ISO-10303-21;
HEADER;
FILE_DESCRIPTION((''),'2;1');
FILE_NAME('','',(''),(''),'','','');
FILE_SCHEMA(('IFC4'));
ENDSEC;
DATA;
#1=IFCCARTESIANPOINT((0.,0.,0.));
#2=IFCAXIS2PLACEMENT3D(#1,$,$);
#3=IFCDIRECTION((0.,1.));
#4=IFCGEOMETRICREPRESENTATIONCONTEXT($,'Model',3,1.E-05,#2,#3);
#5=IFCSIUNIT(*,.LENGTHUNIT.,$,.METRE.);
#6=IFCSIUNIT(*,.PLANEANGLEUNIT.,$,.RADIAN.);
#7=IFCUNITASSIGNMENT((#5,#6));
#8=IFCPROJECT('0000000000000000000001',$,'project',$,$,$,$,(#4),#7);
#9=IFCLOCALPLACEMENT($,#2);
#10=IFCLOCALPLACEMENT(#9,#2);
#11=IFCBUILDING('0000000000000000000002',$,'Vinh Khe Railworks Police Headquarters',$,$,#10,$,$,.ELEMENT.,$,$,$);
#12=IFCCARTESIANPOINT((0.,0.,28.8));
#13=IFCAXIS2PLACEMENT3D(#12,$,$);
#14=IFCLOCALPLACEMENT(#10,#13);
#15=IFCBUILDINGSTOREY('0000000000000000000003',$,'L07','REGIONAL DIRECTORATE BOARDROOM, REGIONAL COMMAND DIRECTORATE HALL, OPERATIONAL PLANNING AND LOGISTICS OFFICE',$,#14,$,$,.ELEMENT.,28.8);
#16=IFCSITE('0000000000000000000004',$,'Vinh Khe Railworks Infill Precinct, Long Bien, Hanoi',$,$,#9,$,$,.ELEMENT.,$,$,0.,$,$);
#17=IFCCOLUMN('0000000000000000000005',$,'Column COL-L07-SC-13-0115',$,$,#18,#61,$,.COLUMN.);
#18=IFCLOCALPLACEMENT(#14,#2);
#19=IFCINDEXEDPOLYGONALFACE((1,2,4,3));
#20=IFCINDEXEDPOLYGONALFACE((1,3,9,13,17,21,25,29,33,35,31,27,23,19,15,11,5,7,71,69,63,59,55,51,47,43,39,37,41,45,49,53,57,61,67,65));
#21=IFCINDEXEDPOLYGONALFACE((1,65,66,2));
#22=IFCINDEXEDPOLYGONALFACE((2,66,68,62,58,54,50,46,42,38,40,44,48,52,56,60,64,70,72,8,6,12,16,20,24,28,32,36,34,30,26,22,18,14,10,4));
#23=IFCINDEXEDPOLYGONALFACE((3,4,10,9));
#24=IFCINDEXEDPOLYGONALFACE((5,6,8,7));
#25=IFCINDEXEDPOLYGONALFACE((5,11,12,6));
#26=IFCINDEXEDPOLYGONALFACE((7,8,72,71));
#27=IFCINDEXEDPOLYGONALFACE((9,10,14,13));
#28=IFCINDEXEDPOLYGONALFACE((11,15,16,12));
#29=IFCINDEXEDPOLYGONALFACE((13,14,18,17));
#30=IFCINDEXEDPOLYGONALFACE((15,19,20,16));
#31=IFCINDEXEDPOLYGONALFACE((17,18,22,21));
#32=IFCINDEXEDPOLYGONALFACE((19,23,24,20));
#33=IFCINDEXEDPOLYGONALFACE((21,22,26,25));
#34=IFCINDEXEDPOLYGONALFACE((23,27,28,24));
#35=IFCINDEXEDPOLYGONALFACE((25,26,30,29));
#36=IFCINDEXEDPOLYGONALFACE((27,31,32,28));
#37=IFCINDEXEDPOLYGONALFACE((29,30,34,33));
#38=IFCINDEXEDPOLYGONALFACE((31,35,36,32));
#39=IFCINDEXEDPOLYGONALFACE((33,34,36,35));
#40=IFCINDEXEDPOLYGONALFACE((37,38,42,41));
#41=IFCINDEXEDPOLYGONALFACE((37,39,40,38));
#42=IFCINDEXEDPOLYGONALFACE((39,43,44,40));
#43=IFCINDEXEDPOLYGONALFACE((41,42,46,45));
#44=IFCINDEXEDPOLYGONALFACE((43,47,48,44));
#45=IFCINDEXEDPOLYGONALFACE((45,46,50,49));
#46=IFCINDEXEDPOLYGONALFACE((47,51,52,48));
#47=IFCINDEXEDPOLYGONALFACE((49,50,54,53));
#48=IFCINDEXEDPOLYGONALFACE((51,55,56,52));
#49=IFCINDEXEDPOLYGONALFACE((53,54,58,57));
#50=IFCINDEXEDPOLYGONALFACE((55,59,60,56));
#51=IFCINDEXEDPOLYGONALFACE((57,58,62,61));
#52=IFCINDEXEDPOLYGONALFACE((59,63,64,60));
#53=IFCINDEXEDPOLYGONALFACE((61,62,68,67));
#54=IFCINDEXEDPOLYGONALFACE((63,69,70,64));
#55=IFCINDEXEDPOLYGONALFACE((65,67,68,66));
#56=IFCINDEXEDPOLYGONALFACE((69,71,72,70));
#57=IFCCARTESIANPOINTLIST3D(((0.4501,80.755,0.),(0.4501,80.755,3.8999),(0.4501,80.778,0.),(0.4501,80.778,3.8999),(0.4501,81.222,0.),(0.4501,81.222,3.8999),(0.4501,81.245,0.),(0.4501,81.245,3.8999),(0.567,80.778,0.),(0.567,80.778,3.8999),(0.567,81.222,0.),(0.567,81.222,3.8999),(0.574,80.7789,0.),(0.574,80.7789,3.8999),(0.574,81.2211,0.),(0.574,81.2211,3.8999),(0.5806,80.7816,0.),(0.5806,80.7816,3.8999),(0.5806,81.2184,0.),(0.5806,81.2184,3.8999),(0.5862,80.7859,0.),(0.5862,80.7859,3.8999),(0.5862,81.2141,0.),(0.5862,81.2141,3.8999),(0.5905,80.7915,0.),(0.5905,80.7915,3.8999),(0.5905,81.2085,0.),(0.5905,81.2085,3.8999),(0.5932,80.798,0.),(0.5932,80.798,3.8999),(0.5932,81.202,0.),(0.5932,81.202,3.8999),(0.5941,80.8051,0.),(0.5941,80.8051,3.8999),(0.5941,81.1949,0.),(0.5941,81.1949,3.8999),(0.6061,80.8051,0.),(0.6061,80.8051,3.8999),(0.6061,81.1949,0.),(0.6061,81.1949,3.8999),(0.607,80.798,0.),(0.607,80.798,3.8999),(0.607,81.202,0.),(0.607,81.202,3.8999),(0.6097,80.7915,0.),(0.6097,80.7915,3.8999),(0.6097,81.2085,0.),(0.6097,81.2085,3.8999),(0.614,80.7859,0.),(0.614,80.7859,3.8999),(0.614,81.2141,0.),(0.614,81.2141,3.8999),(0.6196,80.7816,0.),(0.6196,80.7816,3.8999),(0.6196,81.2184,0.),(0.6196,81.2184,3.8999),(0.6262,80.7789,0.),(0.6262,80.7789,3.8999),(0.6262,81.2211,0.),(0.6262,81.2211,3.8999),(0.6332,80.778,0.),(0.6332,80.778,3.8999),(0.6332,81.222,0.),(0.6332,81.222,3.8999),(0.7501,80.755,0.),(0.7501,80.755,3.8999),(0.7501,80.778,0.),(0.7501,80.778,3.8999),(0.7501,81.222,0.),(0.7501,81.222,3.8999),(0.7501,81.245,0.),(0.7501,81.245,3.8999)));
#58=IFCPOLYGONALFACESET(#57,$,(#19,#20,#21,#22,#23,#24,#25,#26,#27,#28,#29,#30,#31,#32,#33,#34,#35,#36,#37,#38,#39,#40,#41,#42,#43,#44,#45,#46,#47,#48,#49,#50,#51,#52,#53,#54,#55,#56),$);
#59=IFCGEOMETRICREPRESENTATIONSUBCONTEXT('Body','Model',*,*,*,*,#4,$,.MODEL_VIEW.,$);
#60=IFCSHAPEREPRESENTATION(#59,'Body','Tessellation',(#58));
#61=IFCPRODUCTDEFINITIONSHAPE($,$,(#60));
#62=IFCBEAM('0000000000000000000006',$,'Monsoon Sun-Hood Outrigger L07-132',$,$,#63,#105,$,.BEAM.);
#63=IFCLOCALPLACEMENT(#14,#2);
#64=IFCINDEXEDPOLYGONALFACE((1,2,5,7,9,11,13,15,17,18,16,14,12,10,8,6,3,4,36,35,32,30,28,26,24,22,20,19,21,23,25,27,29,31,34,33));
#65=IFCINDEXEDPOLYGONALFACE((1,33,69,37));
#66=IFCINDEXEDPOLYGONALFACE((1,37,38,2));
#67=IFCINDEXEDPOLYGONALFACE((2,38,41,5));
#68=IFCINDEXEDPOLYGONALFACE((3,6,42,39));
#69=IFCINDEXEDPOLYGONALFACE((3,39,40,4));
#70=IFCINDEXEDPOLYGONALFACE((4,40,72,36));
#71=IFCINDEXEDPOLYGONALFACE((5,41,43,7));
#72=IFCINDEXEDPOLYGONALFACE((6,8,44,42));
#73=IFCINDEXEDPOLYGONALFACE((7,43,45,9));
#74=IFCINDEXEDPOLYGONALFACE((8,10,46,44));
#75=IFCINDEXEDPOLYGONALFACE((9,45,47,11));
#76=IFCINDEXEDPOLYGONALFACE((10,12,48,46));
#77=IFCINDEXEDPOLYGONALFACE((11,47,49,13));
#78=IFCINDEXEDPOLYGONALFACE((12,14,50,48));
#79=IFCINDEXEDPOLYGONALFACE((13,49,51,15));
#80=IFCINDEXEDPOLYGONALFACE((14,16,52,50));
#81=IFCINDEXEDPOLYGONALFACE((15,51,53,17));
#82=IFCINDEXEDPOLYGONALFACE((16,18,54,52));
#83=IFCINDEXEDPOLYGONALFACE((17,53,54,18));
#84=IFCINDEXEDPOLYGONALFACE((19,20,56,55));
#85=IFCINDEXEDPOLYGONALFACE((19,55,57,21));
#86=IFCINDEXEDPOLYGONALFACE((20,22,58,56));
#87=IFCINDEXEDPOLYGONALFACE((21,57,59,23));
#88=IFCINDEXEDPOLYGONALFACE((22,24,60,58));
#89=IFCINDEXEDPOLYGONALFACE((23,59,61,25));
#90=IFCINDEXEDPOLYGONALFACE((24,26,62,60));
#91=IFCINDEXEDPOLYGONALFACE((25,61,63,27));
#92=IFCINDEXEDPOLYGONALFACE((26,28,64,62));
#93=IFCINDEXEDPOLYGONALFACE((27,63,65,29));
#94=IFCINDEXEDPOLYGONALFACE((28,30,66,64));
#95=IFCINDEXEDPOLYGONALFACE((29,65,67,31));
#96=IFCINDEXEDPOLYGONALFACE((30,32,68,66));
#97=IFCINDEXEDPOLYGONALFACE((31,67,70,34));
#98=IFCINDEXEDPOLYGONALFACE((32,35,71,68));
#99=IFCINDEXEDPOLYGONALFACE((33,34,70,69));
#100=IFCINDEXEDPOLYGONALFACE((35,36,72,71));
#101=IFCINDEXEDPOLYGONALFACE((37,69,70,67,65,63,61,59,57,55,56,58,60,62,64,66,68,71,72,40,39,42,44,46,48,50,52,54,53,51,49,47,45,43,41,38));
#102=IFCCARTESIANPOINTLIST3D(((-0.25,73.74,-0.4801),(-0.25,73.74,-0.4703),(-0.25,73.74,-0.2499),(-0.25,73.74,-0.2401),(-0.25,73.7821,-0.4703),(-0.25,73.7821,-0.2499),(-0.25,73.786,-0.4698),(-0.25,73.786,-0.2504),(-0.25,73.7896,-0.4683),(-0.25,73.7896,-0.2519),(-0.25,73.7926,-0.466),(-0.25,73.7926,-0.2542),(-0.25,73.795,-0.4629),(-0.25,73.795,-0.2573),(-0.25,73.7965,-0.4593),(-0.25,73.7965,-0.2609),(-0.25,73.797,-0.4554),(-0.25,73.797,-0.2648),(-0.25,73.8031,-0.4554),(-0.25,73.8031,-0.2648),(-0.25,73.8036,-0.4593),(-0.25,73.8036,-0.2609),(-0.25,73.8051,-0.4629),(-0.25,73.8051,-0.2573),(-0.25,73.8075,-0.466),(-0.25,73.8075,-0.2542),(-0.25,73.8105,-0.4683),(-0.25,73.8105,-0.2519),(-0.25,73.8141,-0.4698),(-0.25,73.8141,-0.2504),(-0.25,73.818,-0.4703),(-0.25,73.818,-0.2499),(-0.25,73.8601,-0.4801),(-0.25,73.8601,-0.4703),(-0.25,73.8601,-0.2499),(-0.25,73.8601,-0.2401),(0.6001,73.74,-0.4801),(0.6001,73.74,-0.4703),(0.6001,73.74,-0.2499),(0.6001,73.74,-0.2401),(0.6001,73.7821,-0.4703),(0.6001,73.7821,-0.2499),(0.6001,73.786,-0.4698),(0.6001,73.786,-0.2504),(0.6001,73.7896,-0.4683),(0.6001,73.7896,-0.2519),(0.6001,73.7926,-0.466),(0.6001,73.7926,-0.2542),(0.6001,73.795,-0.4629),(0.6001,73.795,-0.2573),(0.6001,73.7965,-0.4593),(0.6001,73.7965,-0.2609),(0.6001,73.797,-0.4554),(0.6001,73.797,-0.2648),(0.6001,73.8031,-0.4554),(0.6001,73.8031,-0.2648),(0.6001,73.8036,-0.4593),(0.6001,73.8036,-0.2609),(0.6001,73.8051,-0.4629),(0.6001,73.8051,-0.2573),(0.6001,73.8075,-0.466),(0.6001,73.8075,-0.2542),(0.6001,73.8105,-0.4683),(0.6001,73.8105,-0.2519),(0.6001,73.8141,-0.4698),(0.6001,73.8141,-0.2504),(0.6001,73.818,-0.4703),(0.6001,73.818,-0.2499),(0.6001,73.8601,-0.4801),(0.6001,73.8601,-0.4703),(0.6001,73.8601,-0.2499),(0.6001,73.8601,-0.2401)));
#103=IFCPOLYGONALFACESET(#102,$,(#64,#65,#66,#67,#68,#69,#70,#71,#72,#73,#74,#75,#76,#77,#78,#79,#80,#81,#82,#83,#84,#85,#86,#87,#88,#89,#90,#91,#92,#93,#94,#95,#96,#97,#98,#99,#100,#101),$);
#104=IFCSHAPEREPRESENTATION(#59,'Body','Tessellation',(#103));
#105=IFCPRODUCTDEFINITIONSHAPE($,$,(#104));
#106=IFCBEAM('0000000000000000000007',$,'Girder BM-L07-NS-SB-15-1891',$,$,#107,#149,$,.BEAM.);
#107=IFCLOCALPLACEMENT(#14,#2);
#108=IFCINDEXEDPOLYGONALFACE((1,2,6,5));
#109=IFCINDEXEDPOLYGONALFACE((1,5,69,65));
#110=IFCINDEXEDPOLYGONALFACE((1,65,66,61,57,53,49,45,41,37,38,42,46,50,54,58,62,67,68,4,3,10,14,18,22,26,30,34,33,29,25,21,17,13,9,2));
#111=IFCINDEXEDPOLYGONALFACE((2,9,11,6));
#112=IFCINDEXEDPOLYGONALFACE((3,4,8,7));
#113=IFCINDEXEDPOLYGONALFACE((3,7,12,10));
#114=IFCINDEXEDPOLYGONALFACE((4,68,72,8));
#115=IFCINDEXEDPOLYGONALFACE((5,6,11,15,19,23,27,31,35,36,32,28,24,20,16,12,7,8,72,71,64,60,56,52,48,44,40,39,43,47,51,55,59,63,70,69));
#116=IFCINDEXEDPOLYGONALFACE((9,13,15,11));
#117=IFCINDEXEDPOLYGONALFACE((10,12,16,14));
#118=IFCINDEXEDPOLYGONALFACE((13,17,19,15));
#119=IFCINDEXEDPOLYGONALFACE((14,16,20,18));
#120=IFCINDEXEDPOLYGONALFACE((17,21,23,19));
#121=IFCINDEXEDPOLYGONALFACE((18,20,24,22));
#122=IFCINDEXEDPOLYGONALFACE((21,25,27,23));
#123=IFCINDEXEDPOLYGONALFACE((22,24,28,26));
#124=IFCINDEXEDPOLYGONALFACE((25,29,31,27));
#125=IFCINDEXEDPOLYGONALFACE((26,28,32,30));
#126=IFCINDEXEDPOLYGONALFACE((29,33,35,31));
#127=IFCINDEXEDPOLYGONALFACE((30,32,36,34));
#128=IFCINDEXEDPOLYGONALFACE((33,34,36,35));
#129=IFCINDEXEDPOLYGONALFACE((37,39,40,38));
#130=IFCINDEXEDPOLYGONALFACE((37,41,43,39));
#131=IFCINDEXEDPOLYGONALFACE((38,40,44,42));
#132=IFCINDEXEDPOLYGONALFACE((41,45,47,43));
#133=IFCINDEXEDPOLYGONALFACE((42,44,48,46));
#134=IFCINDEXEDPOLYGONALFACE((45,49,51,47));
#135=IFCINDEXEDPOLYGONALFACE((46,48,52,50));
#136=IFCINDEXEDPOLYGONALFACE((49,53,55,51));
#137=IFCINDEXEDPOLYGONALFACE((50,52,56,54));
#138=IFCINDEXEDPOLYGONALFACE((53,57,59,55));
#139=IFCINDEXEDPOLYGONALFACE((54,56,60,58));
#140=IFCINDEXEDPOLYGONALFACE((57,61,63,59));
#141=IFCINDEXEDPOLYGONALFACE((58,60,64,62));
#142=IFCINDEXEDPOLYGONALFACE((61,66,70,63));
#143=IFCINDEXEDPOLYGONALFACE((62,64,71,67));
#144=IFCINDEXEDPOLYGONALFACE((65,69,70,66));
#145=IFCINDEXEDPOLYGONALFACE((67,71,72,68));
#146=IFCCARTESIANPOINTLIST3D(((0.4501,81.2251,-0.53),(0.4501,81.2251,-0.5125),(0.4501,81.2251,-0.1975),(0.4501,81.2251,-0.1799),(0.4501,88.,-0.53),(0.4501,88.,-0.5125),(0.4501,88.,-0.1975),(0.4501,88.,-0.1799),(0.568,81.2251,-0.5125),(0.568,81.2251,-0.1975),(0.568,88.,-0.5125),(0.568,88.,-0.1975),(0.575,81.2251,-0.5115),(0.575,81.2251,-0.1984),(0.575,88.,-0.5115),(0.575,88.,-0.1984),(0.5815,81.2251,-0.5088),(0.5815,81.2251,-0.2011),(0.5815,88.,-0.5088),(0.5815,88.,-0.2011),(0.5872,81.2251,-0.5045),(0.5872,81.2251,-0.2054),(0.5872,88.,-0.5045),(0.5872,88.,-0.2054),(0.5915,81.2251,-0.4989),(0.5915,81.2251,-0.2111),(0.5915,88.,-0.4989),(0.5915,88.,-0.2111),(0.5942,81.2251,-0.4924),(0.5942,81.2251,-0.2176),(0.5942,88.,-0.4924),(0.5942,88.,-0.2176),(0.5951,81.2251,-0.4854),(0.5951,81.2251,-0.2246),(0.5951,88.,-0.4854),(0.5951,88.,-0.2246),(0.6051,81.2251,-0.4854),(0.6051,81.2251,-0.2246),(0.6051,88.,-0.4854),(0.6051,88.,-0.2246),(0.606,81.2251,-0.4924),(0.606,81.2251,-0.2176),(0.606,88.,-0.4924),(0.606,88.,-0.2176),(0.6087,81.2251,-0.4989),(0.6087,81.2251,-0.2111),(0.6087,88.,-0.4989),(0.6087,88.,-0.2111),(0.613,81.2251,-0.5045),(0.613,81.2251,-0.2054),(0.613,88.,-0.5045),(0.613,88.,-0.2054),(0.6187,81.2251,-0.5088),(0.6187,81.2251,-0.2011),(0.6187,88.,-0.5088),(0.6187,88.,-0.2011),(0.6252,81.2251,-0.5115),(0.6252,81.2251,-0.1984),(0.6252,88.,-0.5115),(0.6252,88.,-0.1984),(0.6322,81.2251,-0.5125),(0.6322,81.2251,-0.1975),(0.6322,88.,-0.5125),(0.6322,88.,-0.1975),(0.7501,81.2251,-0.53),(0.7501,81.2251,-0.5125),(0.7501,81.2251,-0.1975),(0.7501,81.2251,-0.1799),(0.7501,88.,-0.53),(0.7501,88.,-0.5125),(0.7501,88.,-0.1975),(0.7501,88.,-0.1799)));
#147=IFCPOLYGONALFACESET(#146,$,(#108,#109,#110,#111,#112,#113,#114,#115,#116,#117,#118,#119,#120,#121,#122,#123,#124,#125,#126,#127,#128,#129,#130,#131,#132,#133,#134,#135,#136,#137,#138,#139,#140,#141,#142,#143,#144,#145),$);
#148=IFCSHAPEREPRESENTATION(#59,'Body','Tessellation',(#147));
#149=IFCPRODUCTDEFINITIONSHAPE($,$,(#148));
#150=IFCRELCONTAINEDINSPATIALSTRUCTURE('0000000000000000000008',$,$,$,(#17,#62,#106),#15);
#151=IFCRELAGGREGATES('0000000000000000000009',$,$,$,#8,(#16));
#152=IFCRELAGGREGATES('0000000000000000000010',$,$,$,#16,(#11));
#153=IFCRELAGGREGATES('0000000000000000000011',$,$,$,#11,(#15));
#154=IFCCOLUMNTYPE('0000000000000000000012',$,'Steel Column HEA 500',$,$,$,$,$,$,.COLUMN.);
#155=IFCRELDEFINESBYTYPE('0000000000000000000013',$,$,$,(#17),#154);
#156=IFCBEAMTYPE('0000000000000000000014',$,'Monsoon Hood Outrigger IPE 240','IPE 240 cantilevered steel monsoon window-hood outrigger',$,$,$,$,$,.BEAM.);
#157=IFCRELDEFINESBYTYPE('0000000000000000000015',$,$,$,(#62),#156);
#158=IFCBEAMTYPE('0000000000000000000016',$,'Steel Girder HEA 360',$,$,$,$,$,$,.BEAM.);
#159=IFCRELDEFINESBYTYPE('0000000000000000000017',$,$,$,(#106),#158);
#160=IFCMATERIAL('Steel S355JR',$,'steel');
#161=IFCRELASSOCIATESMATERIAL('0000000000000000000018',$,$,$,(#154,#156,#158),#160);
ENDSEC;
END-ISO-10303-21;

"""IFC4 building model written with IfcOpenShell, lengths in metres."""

from ifc_helpers import new_model, si_unit, direction, frame, origin, origin_2d, place, context, subcontext, project, spatial, i_section, extrude, material, material_profile, profile_set, type_object, element, save


model = new_model("IFC4")

# Units and contexts
model_context = context("Model", 3, precision=1e-05, world=origin(), true_north=direction((0.0, 1.0)))
body_context = subcontext(model_context, "Body", "Model", "MODEL_VIEW")
ifc_project = project(units=[si_unit("LENGTHUNIT", "METRE"), si_unit("PLANEANGLEUNIT", "RADIAN")], contexts=[model_context])

# Site, building, storey
site_placement = place(None, origin())
site = spatial("IfcSite", under=ifc_project, at=site_placement, Name="Vinh Khe Railworks Infill Precinct, Long Bien, Hanoi", CompositionType="ELEMENT", RefElevation=0.0)
building_placement = place(site_placement, origin())
building = spatial("IfcBuilding", under=site, at=building_placement, Name="Vinh Khe Railworks Police Headquarters", CompositionType="ELEMENT")
storey_placement = place(building_placement, frame((0.0, 0.0, 28.8)))
storey = spatial("IfcBuildingStorey", under=building, at=storey_placement, Name="L07", Description="REGIONAL DIRECTORATE BOARDROOM, REGIONAL COMMAND DIRECTORATE HALL, OPERATIONAL PLANNING AND LOGISTICS OFFICE", CompositionType="ELEMENT", Elevation=28.8)

# Column
ifc_material_1 = material(Name="Steel S355JR", Category="steel")
ifc_material_profile_1 = material_profile(ifc_material_1, i_section(OverallWidth=0.3, OverallDepth=0.49, WebThickness=0.012, FlangeThickness=0.0229, FilletRadius=0.0271, at=origin_2d()), Name="HEA 500")
ifc_profile_set_1 = profile_set([ifc_material_profile_1], Name="Steel S355JR")
column_type = type_object("IfcColumnType", Name="Steel Column HEA 500", PredefinedType="COLUMN", material=ifc_profile_set_1)
column_placement = place(storey_placement, frame((0.6001, 81.0, 0.0), z_axis=(0.0, 0.0, 1.0), x_axis=(1.0, 0.0, 0.0)))
element("IfcColumn", 1, at=column_placement, inside=storey, type_object=column_type, Name="Column COL-L07-SC-13-0115", PredefinedType="COLUMN", context=body_context, shape_type="SweptSolid", body=[
    extrude(i_section(OverallWidth=0.3, OverallDepth=0.49, WebThickness=0.012, FlangeThickness=0.0229, FilletRadius=0.0271, at=origin_2d()), origin(), (0.0, 0.0, 1.0), 3.8999),
])

# Beams
ifc_material_profile_2 = material_profile(ifc_material_1, i_section(OverallWidth=0.1201, OverallDepth=0.24, WebThickness=0.0061, FlangeThickness=0.0098, FilletRadius=0.0149, at=origin_2d()), Name="IPE 240")
ifc_profile_set_2 = profile_set([ifc_material_profile_2], Name="Steel S355JR")
beam_type_1 = type_object("IfcBeamType", Name="Monsoon Hood Outrigger IPE 240", Description="IPE 240 cantilevered steel monsoon window-hood outrigger", PredefinedType="BEAM", material=ifc_profile_set_2)
beam_1_placement = place(storey_placement, frame((-0.25, 73.8, -0.3601), z_axis=(1.0, 0.0, 0.0), x_axis=(0.0, 1.0, 0.0)))
element("IfcBeam", 2, at=beam_1_placement, inside=storey, type_object=beam_type_1, Name="Monsoon Sun-Hood Outrigger L07-132", PredefinedType="BEAM", context=body_context, shape_type="SweptSolid", body=[
    extrude(i_section(OverallWidth=0.1201, OverallDepth=0.24, WebThickness=0.0061, FlangeThickness=0.0098, FilletRadius=0.0149, at=origin_2d()), origin(), (0.0, 0.0, 1.0), 0.8501),
])
ifc_material_profile_3 = material_profile(ifc_material_1, i_section(OverallWidth=0.3, OverallDepth=0.3501, WebThickness=0.01, FlangeThickness=0.0176, FilletRadius=0.0271, at=origin_2d()), Name="HEA 360")
ifc_profile_set_3 = profile_set([ifc_material_profile_3], Name="Steel S355JR")
beam_type_2 = type_object("IfcBeamType", Name="Steel Girder HEA 360", PredefinedType="BEAM", material=ifc_profile_set_3)
beam_2_placement = place(storey_placement, frame((0.6001, 81.2251, -0.355), z_axis=(0.0, 1.0, 0.0), x_axis=(-1.0, 0.0, 0.0)))
element("IfcBeam", 3, at=beam_2_placement, inside=storey, type_object=beam_type_2, Name="Girder BM-L07-NS-SB-15-1891", PredefinedType="BEAM", context=body_context, shape_type="SweptSolid", body=[
    extrude(i_section(OverallWidth=0.3, OverallDepth=0.3501, WebThickness=0.01, FlangeThickness=0.0176, FilletRadius=0.0271, at=origin_2d()), origin(), (0.0, 0.0, 1.0), 6.7749),
])

save(model, "model.ifc")
